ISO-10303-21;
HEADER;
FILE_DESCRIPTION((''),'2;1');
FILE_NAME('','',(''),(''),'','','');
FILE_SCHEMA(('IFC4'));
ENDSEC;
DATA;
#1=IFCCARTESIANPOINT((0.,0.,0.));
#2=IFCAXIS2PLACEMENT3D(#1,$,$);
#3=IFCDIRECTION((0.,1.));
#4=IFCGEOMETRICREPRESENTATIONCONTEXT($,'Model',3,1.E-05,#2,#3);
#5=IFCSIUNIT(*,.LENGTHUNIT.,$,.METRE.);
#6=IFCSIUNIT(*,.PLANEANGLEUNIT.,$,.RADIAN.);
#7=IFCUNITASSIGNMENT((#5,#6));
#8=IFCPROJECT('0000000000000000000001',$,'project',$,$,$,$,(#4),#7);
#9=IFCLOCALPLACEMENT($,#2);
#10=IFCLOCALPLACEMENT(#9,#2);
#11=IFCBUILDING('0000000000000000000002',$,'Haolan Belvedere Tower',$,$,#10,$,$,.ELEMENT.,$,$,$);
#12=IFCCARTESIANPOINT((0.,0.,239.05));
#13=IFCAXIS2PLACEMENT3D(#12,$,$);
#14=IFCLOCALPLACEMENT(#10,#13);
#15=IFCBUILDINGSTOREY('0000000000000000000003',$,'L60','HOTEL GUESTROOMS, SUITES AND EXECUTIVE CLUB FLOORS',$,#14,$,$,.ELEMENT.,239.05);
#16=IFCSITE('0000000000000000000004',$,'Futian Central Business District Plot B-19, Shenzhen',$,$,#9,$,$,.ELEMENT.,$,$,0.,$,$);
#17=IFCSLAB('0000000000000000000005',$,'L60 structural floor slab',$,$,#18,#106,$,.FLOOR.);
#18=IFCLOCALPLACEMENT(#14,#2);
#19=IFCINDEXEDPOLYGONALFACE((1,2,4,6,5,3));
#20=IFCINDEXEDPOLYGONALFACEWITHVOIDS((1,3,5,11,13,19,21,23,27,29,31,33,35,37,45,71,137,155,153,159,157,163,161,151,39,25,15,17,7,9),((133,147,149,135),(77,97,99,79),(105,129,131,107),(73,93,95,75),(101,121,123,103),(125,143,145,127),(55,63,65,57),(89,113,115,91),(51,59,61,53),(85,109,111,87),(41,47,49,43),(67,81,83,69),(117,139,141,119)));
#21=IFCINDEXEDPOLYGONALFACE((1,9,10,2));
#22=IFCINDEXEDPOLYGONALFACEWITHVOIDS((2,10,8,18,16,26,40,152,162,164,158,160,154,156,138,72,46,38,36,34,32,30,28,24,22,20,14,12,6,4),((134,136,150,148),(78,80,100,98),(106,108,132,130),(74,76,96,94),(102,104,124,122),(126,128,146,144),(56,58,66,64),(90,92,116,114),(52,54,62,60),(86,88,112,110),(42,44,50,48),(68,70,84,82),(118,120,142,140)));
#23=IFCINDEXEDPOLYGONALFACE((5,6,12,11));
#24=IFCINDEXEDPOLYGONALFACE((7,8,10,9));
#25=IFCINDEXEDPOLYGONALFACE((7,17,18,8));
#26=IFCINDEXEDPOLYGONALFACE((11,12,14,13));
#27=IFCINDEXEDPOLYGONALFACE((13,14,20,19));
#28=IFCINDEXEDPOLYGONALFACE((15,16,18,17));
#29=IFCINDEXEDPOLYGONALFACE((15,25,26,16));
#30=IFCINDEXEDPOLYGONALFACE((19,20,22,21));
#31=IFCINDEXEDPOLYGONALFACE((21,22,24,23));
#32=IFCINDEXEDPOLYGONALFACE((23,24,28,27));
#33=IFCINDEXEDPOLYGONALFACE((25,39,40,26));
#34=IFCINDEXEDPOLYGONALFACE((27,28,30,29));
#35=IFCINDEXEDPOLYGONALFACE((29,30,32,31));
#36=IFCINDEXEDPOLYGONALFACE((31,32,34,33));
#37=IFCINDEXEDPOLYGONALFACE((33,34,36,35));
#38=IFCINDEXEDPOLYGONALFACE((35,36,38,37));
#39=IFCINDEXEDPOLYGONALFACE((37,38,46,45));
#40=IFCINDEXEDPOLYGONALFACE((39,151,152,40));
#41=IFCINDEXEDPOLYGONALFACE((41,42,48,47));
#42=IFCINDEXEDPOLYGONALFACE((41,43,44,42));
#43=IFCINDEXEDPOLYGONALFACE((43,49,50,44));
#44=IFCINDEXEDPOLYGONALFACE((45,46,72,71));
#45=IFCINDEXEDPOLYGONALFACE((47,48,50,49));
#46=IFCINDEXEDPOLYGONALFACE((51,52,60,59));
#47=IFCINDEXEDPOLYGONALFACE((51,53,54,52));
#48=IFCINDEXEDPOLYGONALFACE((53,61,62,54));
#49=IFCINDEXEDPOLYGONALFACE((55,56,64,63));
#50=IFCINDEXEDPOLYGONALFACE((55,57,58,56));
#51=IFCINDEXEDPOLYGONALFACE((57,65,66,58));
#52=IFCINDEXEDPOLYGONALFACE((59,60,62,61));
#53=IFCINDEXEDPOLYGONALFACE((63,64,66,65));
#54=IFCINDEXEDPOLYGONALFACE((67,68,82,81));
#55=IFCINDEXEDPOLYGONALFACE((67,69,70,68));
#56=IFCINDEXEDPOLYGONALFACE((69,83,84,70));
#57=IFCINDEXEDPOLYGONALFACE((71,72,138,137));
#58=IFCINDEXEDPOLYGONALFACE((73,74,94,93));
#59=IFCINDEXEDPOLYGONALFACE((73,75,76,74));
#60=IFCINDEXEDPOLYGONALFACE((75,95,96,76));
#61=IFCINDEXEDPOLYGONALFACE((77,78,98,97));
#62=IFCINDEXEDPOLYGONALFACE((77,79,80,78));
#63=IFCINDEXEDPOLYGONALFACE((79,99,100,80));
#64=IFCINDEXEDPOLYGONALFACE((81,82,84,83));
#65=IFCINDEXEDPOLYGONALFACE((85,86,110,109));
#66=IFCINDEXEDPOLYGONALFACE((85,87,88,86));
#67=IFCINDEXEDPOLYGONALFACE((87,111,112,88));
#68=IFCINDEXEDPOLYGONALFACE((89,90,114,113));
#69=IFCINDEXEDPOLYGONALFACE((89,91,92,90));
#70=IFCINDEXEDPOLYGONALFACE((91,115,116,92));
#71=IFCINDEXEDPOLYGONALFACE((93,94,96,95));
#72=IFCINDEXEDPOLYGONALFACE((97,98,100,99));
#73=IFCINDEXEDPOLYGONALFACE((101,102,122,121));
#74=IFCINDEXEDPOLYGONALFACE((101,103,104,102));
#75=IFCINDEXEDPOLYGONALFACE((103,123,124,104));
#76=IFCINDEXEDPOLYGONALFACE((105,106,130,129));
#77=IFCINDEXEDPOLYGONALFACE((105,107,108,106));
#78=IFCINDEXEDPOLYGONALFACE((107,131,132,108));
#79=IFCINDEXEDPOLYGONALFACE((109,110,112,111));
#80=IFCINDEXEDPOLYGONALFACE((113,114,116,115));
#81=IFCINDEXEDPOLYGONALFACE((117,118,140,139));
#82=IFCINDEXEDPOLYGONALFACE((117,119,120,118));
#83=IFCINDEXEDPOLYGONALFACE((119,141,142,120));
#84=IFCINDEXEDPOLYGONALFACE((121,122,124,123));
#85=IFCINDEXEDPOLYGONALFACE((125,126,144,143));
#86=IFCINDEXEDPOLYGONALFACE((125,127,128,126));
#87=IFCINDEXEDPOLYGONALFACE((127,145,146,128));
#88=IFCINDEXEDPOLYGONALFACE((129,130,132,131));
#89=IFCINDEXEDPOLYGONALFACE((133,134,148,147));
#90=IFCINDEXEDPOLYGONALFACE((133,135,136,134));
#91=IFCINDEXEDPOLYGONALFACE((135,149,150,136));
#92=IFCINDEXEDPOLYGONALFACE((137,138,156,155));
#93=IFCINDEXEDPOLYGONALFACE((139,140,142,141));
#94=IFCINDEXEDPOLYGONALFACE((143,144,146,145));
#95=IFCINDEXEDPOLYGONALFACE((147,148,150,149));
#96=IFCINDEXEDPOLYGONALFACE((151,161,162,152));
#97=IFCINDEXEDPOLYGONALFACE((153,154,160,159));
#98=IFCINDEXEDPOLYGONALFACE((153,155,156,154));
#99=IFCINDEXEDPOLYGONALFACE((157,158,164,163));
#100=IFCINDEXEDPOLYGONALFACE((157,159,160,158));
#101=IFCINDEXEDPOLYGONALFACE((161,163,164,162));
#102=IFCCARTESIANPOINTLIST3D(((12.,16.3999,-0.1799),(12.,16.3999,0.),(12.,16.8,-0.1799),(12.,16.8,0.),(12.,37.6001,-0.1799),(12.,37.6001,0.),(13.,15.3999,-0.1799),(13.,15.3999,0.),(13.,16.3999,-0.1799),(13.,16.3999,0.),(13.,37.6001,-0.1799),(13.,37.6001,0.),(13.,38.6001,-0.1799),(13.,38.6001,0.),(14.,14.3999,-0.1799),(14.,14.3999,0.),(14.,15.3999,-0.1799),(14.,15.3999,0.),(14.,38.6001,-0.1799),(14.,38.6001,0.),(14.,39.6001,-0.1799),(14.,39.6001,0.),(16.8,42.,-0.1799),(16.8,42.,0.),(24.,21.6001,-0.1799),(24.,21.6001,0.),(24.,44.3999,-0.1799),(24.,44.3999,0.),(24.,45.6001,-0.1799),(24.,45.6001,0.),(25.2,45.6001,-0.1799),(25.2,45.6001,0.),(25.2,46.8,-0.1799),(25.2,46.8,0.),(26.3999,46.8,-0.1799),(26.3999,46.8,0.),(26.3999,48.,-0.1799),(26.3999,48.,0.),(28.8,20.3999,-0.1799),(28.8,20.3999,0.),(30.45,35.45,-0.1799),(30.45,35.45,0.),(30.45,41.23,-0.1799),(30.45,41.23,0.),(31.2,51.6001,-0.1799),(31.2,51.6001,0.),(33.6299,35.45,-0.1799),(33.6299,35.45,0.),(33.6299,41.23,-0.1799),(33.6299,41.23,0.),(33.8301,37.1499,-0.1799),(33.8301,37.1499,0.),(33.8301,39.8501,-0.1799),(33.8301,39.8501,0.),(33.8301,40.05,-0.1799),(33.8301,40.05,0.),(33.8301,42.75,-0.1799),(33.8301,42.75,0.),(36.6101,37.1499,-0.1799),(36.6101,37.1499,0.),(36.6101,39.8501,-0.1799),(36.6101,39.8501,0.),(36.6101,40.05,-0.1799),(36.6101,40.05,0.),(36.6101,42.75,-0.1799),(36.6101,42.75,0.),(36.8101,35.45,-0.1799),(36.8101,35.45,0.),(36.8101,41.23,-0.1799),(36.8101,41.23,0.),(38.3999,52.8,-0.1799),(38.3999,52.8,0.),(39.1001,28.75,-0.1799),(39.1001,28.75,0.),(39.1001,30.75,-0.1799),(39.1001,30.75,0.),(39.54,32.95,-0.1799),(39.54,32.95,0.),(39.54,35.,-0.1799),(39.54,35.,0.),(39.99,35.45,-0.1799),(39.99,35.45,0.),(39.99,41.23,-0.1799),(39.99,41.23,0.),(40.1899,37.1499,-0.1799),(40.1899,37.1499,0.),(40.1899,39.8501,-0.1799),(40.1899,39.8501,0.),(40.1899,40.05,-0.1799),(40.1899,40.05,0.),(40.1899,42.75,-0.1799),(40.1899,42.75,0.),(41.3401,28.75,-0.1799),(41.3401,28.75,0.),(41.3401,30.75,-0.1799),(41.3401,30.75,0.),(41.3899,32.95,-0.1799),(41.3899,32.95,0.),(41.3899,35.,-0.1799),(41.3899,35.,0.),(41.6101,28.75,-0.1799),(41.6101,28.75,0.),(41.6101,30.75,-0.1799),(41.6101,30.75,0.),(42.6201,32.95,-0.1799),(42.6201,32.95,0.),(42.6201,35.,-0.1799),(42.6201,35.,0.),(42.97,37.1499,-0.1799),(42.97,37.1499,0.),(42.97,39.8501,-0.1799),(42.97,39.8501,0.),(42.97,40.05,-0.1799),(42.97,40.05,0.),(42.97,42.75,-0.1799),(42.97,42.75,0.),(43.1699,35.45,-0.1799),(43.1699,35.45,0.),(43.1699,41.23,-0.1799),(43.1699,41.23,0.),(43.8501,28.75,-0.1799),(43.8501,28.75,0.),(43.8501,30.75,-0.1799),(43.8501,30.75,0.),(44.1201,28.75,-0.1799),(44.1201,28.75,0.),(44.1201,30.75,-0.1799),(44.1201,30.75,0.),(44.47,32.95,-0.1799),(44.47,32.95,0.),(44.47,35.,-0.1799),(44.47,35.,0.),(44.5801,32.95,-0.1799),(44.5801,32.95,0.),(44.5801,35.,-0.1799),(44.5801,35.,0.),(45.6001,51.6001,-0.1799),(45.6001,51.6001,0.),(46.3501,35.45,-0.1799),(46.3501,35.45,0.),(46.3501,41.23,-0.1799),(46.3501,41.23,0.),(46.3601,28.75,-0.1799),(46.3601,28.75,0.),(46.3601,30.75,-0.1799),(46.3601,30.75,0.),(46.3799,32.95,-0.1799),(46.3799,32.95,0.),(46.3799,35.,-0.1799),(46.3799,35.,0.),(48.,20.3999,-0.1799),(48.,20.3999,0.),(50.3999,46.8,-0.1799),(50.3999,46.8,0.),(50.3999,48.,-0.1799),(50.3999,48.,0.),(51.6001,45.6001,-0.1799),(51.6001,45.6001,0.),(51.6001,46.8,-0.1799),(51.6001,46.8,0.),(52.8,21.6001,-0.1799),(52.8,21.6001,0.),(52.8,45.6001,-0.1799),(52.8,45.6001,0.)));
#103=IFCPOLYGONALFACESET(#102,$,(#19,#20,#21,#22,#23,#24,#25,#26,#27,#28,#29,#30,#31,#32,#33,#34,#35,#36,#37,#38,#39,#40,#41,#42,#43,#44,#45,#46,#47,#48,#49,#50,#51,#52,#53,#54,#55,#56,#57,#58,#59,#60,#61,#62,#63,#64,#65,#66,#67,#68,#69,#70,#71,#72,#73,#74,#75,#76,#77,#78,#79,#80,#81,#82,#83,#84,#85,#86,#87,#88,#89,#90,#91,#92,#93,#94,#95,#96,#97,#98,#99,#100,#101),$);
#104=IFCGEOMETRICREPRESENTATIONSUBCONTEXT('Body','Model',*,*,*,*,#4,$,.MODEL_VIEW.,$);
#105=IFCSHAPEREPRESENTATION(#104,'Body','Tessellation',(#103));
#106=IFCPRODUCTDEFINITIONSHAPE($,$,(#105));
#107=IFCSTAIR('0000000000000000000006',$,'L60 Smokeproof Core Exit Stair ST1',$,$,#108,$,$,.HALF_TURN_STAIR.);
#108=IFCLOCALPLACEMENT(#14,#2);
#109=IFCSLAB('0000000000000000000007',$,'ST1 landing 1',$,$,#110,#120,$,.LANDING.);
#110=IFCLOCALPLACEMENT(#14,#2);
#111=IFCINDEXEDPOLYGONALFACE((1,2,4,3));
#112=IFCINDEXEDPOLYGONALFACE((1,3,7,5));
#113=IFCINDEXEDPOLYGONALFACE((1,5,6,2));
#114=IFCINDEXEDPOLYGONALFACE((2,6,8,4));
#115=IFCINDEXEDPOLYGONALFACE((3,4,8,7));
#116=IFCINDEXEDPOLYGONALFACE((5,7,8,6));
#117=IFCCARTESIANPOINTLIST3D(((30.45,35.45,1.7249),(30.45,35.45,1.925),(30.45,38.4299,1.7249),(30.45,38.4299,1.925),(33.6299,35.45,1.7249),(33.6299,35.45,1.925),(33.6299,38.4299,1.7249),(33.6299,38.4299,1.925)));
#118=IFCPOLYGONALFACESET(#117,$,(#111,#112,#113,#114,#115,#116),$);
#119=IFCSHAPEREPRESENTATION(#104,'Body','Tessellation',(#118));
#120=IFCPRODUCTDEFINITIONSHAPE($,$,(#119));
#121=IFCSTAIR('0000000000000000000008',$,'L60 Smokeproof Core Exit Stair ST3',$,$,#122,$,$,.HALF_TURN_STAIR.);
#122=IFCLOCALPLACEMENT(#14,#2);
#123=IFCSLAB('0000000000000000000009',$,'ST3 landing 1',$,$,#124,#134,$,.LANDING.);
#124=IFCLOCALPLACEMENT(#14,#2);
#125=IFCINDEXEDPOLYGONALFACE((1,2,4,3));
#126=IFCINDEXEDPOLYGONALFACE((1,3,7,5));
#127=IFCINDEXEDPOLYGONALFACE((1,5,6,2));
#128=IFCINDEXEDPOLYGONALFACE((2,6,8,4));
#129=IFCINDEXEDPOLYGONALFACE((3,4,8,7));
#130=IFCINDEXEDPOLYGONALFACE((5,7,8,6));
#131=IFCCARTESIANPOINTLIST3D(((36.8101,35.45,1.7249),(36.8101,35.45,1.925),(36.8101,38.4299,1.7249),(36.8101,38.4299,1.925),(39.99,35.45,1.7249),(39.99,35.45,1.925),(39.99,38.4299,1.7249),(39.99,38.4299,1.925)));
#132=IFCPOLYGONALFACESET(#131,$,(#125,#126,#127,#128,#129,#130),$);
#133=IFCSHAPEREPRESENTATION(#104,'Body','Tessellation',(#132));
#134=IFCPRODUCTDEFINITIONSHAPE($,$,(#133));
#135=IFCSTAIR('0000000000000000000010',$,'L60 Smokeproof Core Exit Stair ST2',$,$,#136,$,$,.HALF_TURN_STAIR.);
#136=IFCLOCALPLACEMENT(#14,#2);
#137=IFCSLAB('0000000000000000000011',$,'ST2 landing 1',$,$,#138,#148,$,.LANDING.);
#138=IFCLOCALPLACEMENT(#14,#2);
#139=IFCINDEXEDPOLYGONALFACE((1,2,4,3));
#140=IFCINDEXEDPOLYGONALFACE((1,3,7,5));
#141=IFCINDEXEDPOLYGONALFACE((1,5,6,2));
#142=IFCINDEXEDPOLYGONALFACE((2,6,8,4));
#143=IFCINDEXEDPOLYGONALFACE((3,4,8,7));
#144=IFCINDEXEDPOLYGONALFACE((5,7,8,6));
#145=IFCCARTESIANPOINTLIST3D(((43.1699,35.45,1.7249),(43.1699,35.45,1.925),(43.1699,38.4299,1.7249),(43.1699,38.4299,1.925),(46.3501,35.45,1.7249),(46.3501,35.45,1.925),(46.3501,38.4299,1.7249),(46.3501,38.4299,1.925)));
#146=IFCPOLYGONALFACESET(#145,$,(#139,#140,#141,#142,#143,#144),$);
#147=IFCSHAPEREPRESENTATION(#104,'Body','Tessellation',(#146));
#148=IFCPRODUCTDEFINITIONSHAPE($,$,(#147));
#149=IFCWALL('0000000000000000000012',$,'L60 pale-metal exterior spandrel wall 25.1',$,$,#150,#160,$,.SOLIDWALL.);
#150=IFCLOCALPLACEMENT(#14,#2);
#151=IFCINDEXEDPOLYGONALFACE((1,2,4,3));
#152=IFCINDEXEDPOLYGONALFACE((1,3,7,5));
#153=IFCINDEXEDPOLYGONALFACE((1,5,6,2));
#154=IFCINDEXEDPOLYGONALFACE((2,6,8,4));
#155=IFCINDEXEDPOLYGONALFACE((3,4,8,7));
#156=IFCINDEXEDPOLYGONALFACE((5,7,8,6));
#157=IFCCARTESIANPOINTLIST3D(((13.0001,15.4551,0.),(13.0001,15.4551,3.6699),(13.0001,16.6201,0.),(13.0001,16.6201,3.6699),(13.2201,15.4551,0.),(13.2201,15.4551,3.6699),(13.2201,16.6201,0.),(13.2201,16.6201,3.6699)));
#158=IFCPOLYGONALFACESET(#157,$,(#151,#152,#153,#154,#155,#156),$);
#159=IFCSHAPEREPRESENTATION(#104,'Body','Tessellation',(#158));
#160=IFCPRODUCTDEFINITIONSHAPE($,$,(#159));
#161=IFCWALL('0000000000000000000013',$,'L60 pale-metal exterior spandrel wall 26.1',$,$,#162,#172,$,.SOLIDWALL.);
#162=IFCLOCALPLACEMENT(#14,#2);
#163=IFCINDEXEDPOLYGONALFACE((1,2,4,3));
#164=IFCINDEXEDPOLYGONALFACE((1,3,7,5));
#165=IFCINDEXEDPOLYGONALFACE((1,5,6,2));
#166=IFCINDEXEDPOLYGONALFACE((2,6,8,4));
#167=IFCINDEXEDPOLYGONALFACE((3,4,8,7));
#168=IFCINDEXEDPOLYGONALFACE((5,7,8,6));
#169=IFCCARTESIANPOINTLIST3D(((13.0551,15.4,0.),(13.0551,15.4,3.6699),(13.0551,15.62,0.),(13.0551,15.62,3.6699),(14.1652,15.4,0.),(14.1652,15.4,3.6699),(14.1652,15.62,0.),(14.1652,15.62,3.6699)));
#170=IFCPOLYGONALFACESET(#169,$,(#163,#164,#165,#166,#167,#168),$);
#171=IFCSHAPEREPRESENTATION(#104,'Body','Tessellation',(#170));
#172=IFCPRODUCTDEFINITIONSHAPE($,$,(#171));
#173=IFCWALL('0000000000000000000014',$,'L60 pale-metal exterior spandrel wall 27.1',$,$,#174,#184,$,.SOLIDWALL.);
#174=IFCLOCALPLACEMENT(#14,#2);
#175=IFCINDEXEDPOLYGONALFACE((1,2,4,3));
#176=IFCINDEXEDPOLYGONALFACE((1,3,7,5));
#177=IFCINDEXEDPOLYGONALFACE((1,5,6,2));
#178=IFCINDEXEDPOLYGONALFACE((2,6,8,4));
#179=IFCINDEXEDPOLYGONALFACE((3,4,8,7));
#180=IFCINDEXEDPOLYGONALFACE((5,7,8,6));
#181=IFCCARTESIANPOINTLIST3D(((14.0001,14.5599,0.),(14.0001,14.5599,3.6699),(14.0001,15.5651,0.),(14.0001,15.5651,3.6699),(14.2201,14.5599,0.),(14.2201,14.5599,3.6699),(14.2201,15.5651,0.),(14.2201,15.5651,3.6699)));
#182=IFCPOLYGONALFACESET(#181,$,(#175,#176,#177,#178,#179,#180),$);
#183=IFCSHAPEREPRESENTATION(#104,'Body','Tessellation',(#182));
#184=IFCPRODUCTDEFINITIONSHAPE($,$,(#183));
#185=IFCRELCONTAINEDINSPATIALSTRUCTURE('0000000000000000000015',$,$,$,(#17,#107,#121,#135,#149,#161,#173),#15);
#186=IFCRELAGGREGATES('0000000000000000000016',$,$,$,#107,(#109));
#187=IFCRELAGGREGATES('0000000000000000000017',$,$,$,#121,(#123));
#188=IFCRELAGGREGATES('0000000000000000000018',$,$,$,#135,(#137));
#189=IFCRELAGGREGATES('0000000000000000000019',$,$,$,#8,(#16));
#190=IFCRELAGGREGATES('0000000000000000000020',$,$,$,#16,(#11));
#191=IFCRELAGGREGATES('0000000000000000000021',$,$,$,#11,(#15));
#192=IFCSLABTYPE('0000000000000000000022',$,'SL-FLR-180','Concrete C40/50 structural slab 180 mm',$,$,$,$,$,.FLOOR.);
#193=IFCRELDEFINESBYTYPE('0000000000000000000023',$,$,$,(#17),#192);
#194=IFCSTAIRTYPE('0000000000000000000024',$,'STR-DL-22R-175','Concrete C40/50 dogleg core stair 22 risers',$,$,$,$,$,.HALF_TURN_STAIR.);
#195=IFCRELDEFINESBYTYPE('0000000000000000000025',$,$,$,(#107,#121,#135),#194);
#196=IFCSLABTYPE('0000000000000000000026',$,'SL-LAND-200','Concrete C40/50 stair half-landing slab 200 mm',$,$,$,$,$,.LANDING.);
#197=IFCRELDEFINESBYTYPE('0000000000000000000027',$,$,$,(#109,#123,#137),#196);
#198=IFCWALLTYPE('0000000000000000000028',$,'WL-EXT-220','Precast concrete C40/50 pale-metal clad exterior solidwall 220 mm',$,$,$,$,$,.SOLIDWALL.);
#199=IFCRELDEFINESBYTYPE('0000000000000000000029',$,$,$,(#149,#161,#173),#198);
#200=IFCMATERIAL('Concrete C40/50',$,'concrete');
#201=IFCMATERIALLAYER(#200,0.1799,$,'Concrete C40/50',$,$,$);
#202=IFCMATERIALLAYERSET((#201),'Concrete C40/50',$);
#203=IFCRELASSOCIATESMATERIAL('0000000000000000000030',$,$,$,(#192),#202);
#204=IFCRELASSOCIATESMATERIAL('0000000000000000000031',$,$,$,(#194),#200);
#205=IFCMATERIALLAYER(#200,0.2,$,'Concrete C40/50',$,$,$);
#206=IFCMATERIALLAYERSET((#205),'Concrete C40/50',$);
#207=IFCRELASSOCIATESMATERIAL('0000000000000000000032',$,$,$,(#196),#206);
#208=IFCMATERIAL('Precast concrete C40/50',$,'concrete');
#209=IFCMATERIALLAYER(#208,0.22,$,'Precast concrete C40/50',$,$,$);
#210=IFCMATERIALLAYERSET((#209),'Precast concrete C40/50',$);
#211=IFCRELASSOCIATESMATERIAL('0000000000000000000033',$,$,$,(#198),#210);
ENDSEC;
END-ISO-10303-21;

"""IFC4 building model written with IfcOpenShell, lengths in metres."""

from ifc_helpers import new_model, si_unit, direction, frame, frame_2d, origin, place, context, subcontext, project, spatial, polyline, rectangle, outline, extrude, material, layer, layer_set, type_object, element, aggregate, save


model = new_model("IFC4")

# Units and contexts
model_context = context("Model", 3, precision=1e-05, world=origin(), true_north=direction((0.0, 1.0)))
body_context = subcontext(model_context, "Body", "Model", "MODEL_VIEW")
ifc_project = project(units=[si_unit("LENGTHUNIT", "METRE"), si_unit("PLANEANGLEUNIT", "RADIAN")], contexts=[model_context])

# Site, building, storey
site_placement = place(None, origin())
site = spatial("IfcSite", under=ifc_project, at=site_placement, Name="Futian Central Business District Plot B-19, Shenzhen", CompositionType="ELEMENT", RefElevation=0.0)
building_placement = place(site_placement, origin())
building = spatial("IfcBuilding", under=site, at=building_placement, Name="Haolan Belvedere Tower", CompositionType="ELEMENT")
storey_placement = place(building_placement, frame((0.0, 0.0, 239.05)))
storey = spatial("IfcBuildingStorey", under=building, at=storey_placement, Name="L60", Description="HOTEL GUESTROOMS, SUITES AND EXECUTIVE CLUB FLOORS", CompositionType="ELEMENT", Elevation=239.05)

# Slab
ifc_material_1 = material(Name="Concrete C40/50", Category="concrete")
ifc_layer_1 = layer(ifc_material_1, 0.1799, Name="Concrete C40/50")
ifc_layer_set_1 = layer_set([ifc_layer_1], Name="Concrete C40/50")
slab_type_1 = type_object("IfcSlabType", Name="SL-FLR-180", Description="Concrete C40/50 structural slab 180 mm", PredefinedType="FLOOR", material=ifc_layer_set_1)
slab_1_placement = place(storey_placement, frame((0.0, 0.0, -0.1799)))
element("IfcSlab", 1, at=slab_1_placement, inside=storey, type_object=slab_type_1, Name="L60 structural floor slab", PredefinedType="FLOOR", context=body_context, shape_type="SweptSolid", body=[
    extrude(outline(polyline([(24.0, 21.6001), (28.8, 20.3999), (48.0, 20.3999), (52.8, 21.6001), (52.8, 45.6001), (51.6001, 45.6001), (51.6001, 46.8), (50.3999, 46.8), (50.3999, 48.0), (45.6001, 51.6001), (38.3999, 52.8), (31.2, 51.6001), (26.3999, 48.0), (26.3999, 46.8), (25.2, 46.8), (25.2, 45.6001), (24.0, 45.6001), (24.0, 44.3999), (16.8, 42.0), (14.0, 39.6001), (14.0, 38.6001), (13.0, 38.6001), (13.0, 37.6001), (12.0, 37.6001), (12.0, 16.8), (12.0, 16.3999), (13.0, 16.3999), (13.0, 15.3999), (14.0, 15.3999), (14.0, 14.3999), (24.0, 21.6001)]), holes=[polyline([(30.45, 41.23), (30.45, 35.45), (33.6299, 35.45), (33.6299, 41.23), (30.45, 41.23)]), polyline([(36.8101, 41.23), (36.8101, 35.45), (39.99, 35.45), (39.99, 41.23), (36.8101, 41.23)]), polyline([(43.1699, 41.23), (43.1699, 35.45), (46.3501, 35.45), (46.3501, 41.23), (43.1699, 41.23)]), polyline([(33.8301, 40.05), (36.6101, 40.05), (36.6101, 42.75), (33.8301, 42.75), (33.8301, 40.05)]), polyline([(33.8301, 37.1499), (36.6101, 37.1499), (36.6101, 39.8501), (33.8301, 39.8501), (33.8301, 37.1499)]), polyline([(40.1899, 40.05), (42.97, 40.05), (42.97, 42.75), (40.1899, 42.75), (40.1899, 40.05)]), polyline([(40.1899, 37.1499), (42.97, 37.1499), (42.97, 39.8501), (40.1899, 39.8501), (40.1899, 37.1499)]), polyline([(39.54, 32.95), (41.3899, 32.95), (41.3899, 35.0), (39.54, 35.0), (39.54, 32.95)]), polyline([(42.6201, 32.95), (44.47, 32.95), (44.47, 35.0), (42.6201, 35.0), (42.6201, 32.95)]), polyline([(44.5801, 32.95), (46.3799, 32.95), (46.3799, 35.0), (44.5801, 35.0), (44.5801, 32.95)]), polyline([(39.1001, 28.75), (41.3401, 28.75), (41.3401, 30.75), (39.1001, 30.75), (39.1001, 28.75)]), polyline([(41.6101, 28.75), (43.8501, 28.75), (43.8501, 30.75), (41.6101, 30.75), (41.6101, 28.75)]), polyline([(44.1201, 28.75), (46.3601, 28.75), (46.3601, 30.75), (44.1201, 30.75), (44.1201, 28.75)])]), origin(), (0.0, 0.0, 1.0), 0.1799),
])

# Stairs, slabs
stair_type = type_object("IfcStairType", Name="STR-DL-22R-175", Description="Concrete C40/50 dogleg core stair 22 risers", PredefinedType="HALF_TURN_STAIR", material=ifc_material_1)
stair_1_placement = place(storey_placement, origin())
stair_1 = element("IfcStair", 2, at=stair_1_placement, inside=storey, type_object=stair_type, Name="L60 Smokeproof Core Exit Stair ST1", PredefinedType="HALF_TURN_STAIR")
ifc_layer_2 = layer(ifc_material_1, 0.2, Name="Concrete C40/50")
ifc_layer_set_2 = layer_set([ifc_layer_2], Name="Concrete C40/50")
slab_type_2 = type_object("IfcSlabType", Name="SL-LAND-200", Description="Concrete C40/50 stair half-landing slab 200 mm", PredefinedType="LANDING", material=ifc_layer_set_2)
slab_2_placement = place(storey_placement, frame((0.0, 0.0, 1.7249)))
slab_2 = element("IfcSlab", 3, at=slab_2_placement, type_object=slab_type_2, Name="ST1 landing 1", PredefinedType="LANDING", context=body_context, shape_type="SweptSolid", body=[
    extrude(outline(polyline([(30.45, 38.4299), (30.45, 35.45), (33.6299, 35.45), (33.6299, 38.4299), (30.45, 38.4299)])), origin(), (0.0, 0.0, 1.0), 0.2002),
])
aggregate(stair_1, [slab_2])
stair_2_placement = place(storey_placement, origin())
stair_2 = element("IfcStair", 4, at=stair_2_placement, inside=storey, type_object=stair_type, Name="L60 Smokeproof Core Exit Stair ST3", PredefinedType="HALF_TURN_STAIR")
slab_3_placement = place(storey_placement, frame((0.0, 0.0, 1.7249)))
slab_3 = element("IfcSlab", 5, at=slab_3_placement, type_object=slab_type_2, Name="ST3 landing 1", PredefinedType="LANDING", context=body_context, shape_type="SweptSolid", body=[
    extrude(outline(polyline([(36.8101, 38.4299), (36.8101, 35.45), (39.99, 35.45), (39.99, 38.4299), (36.8101, 38.4299)])), origin(), (0.0, 0.0, 1.0), 0.2002),
])
aggregate(stair_2, [slab_3])
stair_3_placement = place(storey_placement, origin())
stair_3 = element("IfcStair", 6, at=stair_3_placement, inside=storey, type_object=stair_type, Name="L60 Smokeproof Core Exit Stair ST2", PredefinedType="HALF_TURN_STAIR")
slab_4_placement = place(storey_placement, frame((0.0, 0.0, 1.7249)))
slab_4 = element("IfcSlab", 7, at=slab_4_placement, type_object=slab_type_2, Name="ST2 landing 1", PredefinedType="LANDING", context=body_context, shape_type="SweptSolid", body=[
    extrude(outline(polyline([(43.1699, 38.4299), (43.1699, 35.45), (46.3501, 35.45), (46.3501, 38.4299), (43.1699, 38.4299)])), origin(), (0.0, 0.0, 1.0), 0.2002),
])
aggregate(stair_3, [slab_4])

# Walls
ifc_material_2 = material(Name="Precast concrete C40/50", Category="concrete")
ifc_layer_3 = layer(ifc_material_2, 0.22, Name="Precast concrete C40/50")
ifc_layer_set_3 = layer_set([ifc_layer_3], Name="Precast concrete C40/50")
wall_type_1 = type_object("IfcWallType", Name="WL-EXT-220", Description="Precast concrete C40/50 pale-metal clad exterior solidwall 220 mm", PredefinedType="SOLIDWALL", material=ifc_layer_set_3)
wall_1_placement = place(storey_placement, frame((13.1101, 16.6201, 0.0), z_axis=(0.0, 0.0, 1.0), x_axis=(0.0, -1.0, 0.0)))
element("IfcWall", 8, at=wall_1_placement, inside=storey, type_object=wall_type_1, Name="L60 pale-metal exterior spandrel wall 25.1", PredefinedType="SOLIDWALL", context=body_context, shape_type="SweptSolid", body=[
    extrude(rectangle(XDim=1.165, YDim=0.22, at=frame_2d((0.5825, 0.0))), origin(), (0.0, 0.0, 1.0), 3.6699),
])
wall_2_placement = place(storey_placement, frame((13.0549, 15.51, 0.0), z_axis=(0.0, 0.0, 1.0), x_axis=(1.0, 0.0, 0.0)))
element("IfcWall", 9, at=wall_2_placement, inside=storey, type_object=wall_type_1, Name="L60 pale-metal exterior spandrel wall 26.1", PredefinedType="SOLIDWALL", context=body_context, shape_type="SweptSolid", body=[
    extrude(rectangle(XDim=1.1101, YDim=0.22, at=frame_2d((0.5552, 0.0))), origin(), (0.0, 0.0, 1.0), 3.6699),
])
wall_3_placement = place(storey_placement, frame((14.1101, 15.5649, 0.0), z_axis=(0.0, 0.0, 1.0), x_axis=(0.0, -1.0, 0.0)))
element("IfcWall", 10, at=wall_3_placement, inside=storey, type_object=wall_type_1, Name="L60 pale-metal exterior spandrel wall 27.1", PredefinedType="SOLIDWALL", context=body_context, shape_type="SweptSolid", body=[
    extrude(rectangle(XDim=1.0051, YDim=0.22, at=frame_2d((0.5024, 0.0))), origin(), (0.0, 0.0, 1.0), 3.6699),
])

save(model, "model.ifc")
